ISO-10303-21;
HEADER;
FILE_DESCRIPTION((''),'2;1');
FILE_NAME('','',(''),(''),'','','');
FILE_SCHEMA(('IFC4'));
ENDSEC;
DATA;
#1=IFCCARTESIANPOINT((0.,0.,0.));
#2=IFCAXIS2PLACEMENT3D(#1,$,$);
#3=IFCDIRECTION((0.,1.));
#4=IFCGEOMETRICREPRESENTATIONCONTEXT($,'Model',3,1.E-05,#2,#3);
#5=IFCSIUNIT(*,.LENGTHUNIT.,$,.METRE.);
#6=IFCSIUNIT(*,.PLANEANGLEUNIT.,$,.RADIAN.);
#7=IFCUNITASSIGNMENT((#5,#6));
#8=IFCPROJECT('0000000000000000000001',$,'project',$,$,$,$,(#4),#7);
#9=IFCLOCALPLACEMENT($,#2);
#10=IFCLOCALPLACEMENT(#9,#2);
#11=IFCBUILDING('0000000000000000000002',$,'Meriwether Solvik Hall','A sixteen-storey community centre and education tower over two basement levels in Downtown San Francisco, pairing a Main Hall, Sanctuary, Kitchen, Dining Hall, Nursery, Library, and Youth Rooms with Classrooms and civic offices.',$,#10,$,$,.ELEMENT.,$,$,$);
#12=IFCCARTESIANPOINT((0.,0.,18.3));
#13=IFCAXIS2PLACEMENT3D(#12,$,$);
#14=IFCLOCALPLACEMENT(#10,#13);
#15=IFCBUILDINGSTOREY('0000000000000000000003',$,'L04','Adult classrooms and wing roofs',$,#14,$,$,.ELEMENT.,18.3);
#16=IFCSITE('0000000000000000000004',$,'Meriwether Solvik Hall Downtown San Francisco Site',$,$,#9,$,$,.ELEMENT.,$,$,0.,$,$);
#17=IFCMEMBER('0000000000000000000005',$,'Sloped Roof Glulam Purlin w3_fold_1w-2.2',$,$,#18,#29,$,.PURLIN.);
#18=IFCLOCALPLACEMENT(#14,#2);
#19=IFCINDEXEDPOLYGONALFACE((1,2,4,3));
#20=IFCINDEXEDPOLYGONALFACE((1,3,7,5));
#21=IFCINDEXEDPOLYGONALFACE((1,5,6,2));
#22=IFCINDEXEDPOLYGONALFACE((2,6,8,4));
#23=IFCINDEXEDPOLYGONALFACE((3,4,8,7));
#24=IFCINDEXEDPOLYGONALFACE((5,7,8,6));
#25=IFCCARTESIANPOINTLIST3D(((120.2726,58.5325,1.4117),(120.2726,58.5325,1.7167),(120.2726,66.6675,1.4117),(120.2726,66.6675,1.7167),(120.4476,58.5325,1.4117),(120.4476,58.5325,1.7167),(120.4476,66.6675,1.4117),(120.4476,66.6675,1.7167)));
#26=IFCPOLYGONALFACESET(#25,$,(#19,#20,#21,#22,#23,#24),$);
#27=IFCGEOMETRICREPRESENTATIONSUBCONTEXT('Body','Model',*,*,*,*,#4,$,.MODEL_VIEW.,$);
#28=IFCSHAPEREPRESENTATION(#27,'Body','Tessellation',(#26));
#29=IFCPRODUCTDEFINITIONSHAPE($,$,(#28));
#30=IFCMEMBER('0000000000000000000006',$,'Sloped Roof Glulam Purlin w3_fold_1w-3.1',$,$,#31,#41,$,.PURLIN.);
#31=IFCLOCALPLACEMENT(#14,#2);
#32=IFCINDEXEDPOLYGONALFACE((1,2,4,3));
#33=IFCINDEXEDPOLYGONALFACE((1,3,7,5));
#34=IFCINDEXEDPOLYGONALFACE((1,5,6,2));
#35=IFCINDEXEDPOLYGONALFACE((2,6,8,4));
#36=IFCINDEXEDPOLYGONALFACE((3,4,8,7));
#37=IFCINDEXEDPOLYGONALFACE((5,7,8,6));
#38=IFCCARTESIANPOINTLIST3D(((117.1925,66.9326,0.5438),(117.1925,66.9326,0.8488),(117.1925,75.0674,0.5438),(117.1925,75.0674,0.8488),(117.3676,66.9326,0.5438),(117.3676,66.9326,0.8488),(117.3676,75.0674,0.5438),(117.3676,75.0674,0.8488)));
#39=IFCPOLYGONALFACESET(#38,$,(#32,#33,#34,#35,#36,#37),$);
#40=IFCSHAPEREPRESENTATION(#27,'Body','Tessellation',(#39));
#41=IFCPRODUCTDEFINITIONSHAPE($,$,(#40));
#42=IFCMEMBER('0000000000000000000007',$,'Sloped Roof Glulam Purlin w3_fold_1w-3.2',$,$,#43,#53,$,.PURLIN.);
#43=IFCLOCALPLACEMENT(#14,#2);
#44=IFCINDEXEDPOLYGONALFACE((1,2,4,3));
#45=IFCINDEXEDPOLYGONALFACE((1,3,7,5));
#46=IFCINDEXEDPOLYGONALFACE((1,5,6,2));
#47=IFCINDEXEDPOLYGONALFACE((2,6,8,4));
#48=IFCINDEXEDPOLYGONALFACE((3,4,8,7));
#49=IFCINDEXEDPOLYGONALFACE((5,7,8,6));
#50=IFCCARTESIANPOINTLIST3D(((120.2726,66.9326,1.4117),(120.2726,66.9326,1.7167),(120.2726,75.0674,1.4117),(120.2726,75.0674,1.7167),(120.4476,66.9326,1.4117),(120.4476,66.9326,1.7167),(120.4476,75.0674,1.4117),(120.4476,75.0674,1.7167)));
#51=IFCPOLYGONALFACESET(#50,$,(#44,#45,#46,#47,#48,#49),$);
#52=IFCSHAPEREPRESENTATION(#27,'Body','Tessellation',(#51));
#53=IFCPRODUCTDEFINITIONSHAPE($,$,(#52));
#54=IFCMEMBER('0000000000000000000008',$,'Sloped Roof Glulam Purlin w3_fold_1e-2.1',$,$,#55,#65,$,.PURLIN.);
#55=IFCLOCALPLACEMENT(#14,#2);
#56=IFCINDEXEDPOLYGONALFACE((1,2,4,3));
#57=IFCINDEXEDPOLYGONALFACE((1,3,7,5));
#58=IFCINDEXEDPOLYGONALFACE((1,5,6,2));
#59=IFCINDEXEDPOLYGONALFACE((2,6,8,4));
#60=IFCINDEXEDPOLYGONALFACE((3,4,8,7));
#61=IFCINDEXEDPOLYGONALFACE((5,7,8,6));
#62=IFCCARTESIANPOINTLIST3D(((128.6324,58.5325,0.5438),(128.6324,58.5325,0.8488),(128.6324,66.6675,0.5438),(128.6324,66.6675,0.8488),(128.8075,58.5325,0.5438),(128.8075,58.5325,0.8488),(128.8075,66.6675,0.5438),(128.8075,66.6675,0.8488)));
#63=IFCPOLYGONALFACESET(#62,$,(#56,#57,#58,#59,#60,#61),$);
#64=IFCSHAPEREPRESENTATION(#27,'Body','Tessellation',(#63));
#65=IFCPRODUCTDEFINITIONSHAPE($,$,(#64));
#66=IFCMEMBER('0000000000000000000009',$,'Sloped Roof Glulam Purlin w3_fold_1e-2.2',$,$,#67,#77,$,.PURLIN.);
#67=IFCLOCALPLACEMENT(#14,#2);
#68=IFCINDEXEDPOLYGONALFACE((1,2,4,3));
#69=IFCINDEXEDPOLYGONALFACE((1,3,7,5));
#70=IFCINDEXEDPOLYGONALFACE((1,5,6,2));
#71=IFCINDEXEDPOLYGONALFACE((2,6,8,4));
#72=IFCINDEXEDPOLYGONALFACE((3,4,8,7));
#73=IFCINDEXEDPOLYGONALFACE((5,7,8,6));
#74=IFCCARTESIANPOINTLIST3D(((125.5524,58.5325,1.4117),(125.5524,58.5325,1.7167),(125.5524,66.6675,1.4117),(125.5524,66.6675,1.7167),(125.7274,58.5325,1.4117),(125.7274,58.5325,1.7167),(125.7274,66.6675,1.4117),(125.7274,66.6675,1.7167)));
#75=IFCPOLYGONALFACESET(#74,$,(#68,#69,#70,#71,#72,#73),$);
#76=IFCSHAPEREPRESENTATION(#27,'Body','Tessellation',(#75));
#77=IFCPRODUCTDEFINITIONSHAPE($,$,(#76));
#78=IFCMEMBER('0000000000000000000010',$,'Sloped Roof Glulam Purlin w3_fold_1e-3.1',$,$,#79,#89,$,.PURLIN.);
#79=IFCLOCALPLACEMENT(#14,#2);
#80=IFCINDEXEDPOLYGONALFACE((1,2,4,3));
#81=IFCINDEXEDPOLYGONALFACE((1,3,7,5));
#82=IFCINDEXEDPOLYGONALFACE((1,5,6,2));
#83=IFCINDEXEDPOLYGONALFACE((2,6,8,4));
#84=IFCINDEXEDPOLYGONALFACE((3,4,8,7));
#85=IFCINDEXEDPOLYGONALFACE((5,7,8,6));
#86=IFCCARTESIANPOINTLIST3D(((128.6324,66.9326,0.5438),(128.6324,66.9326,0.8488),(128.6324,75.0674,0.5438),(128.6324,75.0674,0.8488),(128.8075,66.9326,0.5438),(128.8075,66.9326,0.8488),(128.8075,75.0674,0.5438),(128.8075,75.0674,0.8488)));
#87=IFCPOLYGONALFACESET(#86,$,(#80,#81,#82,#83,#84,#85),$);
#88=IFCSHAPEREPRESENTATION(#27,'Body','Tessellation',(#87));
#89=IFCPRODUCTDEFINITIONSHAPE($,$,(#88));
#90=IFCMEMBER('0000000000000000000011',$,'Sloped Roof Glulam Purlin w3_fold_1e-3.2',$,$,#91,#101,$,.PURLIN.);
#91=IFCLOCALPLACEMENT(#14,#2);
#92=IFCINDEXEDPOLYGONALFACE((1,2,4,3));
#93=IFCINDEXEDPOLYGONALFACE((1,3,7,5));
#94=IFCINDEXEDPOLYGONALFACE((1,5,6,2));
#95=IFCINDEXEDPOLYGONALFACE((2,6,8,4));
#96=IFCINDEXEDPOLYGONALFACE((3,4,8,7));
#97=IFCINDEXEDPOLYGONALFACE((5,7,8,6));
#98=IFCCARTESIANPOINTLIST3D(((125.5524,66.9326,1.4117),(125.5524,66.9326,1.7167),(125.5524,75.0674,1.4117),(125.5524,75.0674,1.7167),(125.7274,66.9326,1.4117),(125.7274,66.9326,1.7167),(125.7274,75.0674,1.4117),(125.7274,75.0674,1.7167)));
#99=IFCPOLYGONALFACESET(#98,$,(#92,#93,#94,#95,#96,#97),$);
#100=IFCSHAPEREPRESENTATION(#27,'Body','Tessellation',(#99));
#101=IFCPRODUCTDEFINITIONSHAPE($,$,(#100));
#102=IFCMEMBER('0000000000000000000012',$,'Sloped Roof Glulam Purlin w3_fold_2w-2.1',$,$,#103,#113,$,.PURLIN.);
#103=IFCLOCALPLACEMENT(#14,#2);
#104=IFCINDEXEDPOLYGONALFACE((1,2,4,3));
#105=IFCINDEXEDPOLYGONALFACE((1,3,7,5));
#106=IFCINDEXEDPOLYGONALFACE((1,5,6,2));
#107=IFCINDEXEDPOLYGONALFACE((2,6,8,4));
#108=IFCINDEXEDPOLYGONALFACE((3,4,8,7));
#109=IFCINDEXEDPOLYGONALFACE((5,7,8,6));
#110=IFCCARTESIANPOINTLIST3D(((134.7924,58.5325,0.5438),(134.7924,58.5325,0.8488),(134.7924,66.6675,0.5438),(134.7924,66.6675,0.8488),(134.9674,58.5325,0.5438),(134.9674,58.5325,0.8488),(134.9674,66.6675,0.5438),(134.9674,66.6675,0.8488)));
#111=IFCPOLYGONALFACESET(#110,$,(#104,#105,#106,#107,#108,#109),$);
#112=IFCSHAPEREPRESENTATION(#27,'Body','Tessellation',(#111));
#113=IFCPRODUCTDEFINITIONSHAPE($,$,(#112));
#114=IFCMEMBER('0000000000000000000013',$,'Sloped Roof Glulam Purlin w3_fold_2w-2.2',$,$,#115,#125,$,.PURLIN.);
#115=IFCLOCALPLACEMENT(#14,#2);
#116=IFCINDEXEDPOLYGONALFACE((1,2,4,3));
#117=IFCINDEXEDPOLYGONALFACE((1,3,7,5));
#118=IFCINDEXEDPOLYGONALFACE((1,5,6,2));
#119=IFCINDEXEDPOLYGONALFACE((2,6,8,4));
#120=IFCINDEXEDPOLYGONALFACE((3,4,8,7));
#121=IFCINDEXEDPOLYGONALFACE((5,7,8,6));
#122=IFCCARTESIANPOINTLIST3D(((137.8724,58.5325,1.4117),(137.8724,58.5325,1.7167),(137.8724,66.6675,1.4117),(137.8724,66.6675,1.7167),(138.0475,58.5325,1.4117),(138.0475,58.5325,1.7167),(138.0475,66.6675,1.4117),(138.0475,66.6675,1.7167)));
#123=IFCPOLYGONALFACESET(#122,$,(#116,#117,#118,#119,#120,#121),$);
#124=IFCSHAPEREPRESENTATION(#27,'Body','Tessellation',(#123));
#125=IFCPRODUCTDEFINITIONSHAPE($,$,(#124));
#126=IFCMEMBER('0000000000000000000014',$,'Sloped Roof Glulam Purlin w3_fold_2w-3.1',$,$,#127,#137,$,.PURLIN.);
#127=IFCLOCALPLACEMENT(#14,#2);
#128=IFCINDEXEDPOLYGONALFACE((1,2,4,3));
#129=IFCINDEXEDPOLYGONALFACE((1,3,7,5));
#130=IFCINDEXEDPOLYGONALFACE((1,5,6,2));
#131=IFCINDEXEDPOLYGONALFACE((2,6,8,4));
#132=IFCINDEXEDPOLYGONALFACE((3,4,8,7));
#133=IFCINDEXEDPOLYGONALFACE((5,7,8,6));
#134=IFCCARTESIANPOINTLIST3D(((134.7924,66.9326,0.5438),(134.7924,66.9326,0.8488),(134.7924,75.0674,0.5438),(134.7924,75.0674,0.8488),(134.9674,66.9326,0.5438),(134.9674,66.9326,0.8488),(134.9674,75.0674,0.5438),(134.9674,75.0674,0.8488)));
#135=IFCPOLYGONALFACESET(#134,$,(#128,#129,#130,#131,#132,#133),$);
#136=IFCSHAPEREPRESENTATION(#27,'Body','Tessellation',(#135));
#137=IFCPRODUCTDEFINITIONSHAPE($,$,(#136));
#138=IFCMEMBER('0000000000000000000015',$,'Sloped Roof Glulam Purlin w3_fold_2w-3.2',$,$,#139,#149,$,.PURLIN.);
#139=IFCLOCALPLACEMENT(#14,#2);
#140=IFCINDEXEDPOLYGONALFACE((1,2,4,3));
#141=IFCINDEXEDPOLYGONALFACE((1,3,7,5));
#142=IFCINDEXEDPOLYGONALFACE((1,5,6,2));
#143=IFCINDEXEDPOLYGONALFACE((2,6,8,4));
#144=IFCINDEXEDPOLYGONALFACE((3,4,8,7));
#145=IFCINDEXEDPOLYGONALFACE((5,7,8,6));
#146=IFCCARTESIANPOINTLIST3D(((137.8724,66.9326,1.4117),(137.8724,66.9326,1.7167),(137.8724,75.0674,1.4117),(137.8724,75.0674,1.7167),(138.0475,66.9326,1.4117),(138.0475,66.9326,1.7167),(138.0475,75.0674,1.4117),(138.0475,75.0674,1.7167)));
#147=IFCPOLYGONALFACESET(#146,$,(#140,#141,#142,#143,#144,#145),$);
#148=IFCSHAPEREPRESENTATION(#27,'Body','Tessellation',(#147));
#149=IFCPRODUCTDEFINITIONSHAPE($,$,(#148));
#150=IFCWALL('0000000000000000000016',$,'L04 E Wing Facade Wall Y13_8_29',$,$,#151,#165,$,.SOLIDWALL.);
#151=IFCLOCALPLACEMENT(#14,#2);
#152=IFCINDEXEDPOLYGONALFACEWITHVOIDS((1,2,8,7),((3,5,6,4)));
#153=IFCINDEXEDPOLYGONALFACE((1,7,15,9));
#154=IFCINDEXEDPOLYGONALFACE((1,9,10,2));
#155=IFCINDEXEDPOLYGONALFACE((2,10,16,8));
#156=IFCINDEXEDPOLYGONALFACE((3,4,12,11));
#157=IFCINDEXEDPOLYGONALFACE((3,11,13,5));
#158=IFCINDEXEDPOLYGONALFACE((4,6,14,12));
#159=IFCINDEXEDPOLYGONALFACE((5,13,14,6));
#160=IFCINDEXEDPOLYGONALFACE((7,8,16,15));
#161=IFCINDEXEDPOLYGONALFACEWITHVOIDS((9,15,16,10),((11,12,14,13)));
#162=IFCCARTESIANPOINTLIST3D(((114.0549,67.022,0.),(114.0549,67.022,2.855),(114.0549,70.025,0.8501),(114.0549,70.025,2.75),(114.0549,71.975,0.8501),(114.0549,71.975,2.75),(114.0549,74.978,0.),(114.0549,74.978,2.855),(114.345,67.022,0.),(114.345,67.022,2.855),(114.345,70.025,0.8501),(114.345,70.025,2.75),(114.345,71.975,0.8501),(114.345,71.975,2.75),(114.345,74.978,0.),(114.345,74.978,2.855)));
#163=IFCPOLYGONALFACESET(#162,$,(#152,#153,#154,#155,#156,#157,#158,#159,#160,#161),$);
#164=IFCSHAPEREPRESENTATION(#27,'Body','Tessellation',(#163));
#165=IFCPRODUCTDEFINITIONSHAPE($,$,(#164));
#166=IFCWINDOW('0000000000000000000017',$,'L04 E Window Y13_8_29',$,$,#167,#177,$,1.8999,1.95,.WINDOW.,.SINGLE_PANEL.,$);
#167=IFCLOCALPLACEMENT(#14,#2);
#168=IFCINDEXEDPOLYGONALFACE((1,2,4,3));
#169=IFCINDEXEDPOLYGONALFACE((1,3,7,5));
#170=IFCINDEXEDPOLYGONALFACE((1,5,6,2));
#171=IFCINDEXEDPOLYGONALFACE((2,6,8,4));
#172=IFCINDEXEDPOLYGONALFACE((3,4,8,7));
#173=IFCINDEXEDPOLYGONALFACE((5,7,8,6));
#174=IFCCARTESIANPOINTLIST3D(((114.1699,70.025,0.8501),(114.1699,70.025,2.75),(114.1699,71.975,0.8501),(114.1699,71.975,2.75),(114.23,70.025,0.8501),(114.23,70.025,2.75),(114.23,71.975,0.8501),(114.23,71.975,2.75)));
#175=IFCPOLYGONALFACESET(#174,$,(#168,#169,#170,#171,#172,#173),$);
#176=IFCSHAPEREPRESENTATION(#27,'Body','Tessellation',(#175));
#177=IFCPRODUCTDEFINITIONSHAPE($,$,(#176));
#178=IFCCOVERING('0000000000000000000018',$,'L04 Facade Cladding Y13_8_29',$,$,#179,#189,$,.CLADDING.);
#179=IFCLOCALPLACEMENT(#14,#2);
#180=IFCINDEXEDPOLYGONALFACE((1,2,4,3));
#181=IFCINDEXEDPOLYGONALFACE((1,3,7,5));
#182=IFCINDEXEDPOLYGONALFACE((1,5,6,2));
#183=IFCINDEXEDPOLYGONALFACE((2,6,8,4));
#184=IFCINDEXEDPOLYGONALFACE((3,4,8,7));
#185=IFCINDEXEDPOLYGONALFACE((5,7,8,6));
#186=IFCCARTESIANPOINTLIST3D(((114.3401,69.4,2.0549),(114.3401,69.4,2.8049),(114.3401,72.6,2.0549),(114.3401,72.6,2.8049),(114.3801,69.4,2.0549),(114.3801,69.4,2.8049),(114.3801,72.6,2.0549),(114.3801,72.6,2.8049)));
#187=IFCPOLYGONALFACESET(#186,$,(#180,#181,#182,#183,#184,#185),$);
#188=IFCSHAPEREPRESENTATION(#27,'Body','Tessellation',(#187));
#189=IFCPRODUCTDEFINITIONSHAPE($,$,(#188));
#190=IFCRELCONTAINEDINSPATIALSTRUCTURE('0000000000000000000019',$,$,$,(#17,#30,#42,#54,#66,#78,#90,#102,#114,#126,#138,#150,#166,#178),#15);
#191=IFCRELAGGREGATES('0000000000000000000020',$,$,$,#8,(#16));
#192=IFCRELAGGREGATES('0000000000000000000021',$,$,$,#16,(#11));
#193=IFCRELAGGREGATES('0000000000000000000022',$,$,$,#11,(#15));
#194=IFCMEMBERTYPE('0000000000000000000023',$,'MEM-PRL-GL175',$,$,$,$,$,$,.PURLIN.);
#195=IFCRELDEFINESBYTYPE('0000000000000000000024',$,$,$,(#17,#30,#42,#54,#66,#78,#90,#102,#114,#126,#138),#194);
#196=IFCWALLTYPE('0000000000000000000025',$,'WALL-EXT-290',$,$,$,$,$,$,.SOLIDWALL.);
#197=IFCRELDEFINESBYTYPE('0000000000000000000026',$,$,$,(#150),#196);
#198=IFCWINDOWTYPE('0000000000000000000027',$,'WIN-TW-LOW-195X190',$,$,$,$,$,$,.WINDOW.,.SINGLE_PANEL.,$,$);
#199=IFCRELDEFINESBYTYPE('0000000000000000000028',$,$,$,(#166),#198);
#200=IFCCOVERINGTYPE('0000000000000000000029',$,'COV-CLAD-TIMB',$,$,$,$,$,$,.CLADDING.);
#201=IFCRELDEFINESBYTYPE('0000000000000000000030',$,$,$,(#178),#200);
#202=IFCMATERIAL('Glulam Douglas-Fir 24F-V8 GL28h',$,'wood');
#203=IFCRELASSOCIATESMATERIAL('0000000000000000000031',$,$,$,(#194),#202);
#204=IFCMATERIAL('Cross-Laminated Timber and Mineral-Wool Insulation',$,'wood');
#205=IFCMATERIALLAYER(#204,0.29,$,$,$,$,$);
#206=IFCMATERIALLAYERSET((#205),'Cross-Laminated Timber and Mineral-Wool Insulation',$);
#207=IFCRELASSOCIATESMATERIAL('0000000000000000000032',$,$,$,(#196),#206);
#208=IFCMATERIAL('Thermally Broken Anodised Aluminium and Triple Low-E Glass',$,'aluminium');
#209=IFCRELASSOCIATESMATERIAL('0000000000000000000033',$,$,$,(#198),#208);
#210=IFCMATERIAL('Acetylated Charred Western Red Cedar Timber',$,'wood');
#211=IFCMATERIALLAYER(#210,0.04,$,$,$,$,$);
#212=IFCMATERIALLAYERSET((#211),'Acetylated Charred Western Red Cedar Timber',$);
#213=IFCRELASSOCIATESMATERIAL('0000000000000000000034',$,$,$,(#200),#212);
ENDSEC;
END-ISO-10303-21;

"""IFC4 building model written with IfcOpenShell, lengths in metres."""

from ifc_helpers import new_model, si_unit, direction, frame, frame_2d, origin, origin_2d, place, context, subcontext, project, spatial, rectangle, extrude, material, layer, layer_set, material_profile, profile_set, type_object, element, fill, save


model = new_model("IFC4")

# Units and contexts
model_context = context("Model", 3, precision=1e-05, world=origin(), true_north=direction((0.0, 1.0)))
body_context = subcontext(model_context, "Body", "Model", "MODEL_VIEW")
ifc_project = project(units=[si_unit("LENGTHUNIT", "METRE"), si_unit("PLANEANGLEUNIT", "RADIAN")], contexts=[model_context])

# Site, building, storey
site_placement = place(None, origin())
site = spatial("IfcSite", under=ifc_project, at=site_placement, Name="Meriwether Solvik Hall Downtown San Francisco Site", CompositionType="ELEMENT", RefElevation=0.0)
building_placement = place(site_placement, origin())
building = spatial("IfcBuilding", under=site, at=building_placement, Name="Meriwether Solvik Hall", Description="A sixteen-storey community centre and education tower over two basement levels in Downtown San Francisco, pairing a Main Hall, Sanctuary, Kitchen, Dining Hall, Nursery, Library, and Youth Rooms with Classrooms and civic offices.", CompositionType="ELEMENT")
storey_placement = place(building_placement, frame((0.0, 0.0, 18.3)))
storey = spatial("IfcBuildingStorey", under=building, at=storey_placement, Name="L04", Description="Adult classrooms and wing roofs", CompositionType="ELEMENT", Elevation=18.3)

# Members
ifc_material_1 = material(Name="Glulam Douglas-Fir 24F-V8 GL28h", Category="wood")
ifc_material_profile_1 = material_profile(ifc_material_1, rectangle(XDim=0.175, YDim=0.3049, at=origin_2d()), Name="GLM-175X305")
ifc_profile_set_1 = profile_set([ifc_material_profile_1], Name="Glulam Douglas-Fir 24F-V8 GL28h")
member_type = type_object("IfcMemberType", Name="MEM-PRL-GL175", PredefinedType="PURLIN", material=ifc_profile_set_1)
member_placement = place(storey_placement, frame((120.3601, 58.5325, 1.5642), z_axis=(0.0, 1.0, 0.0), x_axis=(-1.0, 0.0, 0.0)))
element("IfcMember", 1, at=member_placement, inside=storey, type_object=member_type, Name="Sloped Roof Glulam Purlin w3_fold_1w-2.2", PredefinedType="PURLIN", context=body_context, shape_type="SweptSolid", body=[
    extrude(rectangle(XDim=0.175, YDim=0.3049, at=origin_2d()), origin(), (0.0, 0.0, 1.0), 8.135),
])
for number, where, z_axis, x_axis, name in (
    (2, (117.28, 66.9326, 0.6963), (0.0, 1.0, 0.0), (-1.0, 0.0, 0.0), "Sloped Roof Glulam Purlin w3_fold_1w-3.1"),
    (3, (120.3601, 66.9326, 1.5642), (0.0, 1.0, 0.0), (-1.0, 0.0, 0.0), "Sloped Roof Glulam Purlin w3_fold_1w-3.2"),
):
    element("IfcMember", number, at=place(storey_placement, frame(where, z_axis=z_axis, x_axis=x_axis)), inside=storey, type_object=member_type, Name=name, PredefinedType="PURLIN", context=body_context, shape_type="SweptSolid", body=[
        extrude(rectangle(XDim=0.175, YDim=0.3049, at=origin_2d()), origin(), (0.0, 0.0, 1.0), 8.1348),
    ])
for number, where, z_axis, x_axis, name in (
    (4, (128.72, 58.5325, 0.6963), (0.0, 1.0, 0.0), (-1.0, 0.0, 0.0), "Sloped Roof Glulam Purlin w3_fold_1e-2.1"),
    (5, (125.6399, 58.5325, 1.5642), (0.0, 1.0, 0.0), (-1.0, 0.0, 0.0), "Sloped Roof Glulam Purlin w3_fold_1e-2.2"),
):
    element("IfcMember", number, at=place(storey_placement, frame(where, z_axis=z_axis, x_axis=x_axis)), inside=storey, type_object=member_type, Name=name, PredefinedType="PURLIN", context=body_context, shape_type="SweptSolid", body=[
        extrude(rectangle(XDim=0.175, YDim=0.3049, at=origin_2d()), origin(), (0.0, 0.0, 1.0), 8.135),
    ])
for number, where, z_axis, x_axis, name in (
    (6, (128.72, 66.9326, 0.6963), (0.0, 1.0, 0.0), (-1.0, 0.0, 0.0), "Sloped Roof Glulam Purlin w3_fold_1e-3.1"),
    (7, (125.6399, 66.9326, 1.5642), (0.0, 1.0, 0.0), (-1.0, 0.0, 0.0), "Sloped Roof Glulam Purlin w3_fold_1e-3.2"),
):
    element("IfcMember", number, at=place(storey_placement, frame(where, z_axis=z_axis, x_axis=x_axis)), inside=storey, type_object=member_type, Name=name, PredefinedType="PURLIN", context=body_context, shape_type="SweptSolid", body=[
        extrude(rectangle(XDim=0.175, YDim=0.3049, at=origin_2d()), origin(), (0.0, 0.0, 1.0), 8.1348),
    ])
for number, where, z_axis, x_axis, name in (
    (8, (134.8799, 58.5325, 0.6963), (0.0, 1.0, 0.0), (-1.0, 0.0, 0.0), "Sloped Roof Glulam Purlin w3_fold_2w-2.1"),
    (9, (137.96, 58.5325, 1.5642), (0.0, 1.0, 0.0), (-1.0, 0.0, 0.0), "Sloped Roof Glulam Purlin w3_fold_2w-2.2"),
):
    element("IfcMember", number, at=place(storey_placement, frame(where, z_axis=z_axis, x_axis=x_axis)), inside=storey, type_object=member_type, Name=name, PredefinedType="PURLIN", context=body_context, shape_type="SweptSolid", body=[
        extrude(rectangle(XDim=0.175, YDim=0.3049, at=origin_2d()), origin(), (0.0, 0.0, 1.0), 8.135),
    ])
for number, where, z_axis, x_axis, name in (
    (10, (134.8799, 66.9326, 0.6963), (0.0, 1.0, 0.0), (-1.0, 0.0, 0.0), "Sloped Roof Glulam Purlin w3_fold_2w-3.1"),
    (11, (137.96, 66.9326, 1.5642), (0.0, 1.0, 0.0), (-1.0, 0.0, 0.0), "Sloped Roof Glulam Purlin w3_fold_2w-3.2"),
):
    element("IfcMember", number, at=place(storey_placement, frame(where, z_axis=z_axis, x_axis=x_axis)), inside=storey, type_object=member_type, Name=name, PredefinedType="PURLIN", context=body_context, shape_type="SweptSolid", body=[
        extrude(rectangle(XDim=0.175, YDim=0.3049, at=origin_2d()), origin(), (0.0, 0.0, 1.0), 8.1348),
    ])

# Wall, opening, window
ifc_material_2 = material(Name="Cross-Laminated Timber and Mineral-Wool Insulation", Category="wood")
ifc_layer_1 = layer(ifc_material_2, 0.29)
ifc_layer_set_1 = layer_set([ifc_layer_1], Name="Cross-Laminated Timber and Mineral-Wool Insulation")
wall_type = type_object("IfcWallType", Name="WALL-EXT-290", PredefinedType="SOLIDWALL", material=ifc_layer_set_1)
wall_placement = place(storey_placement, frame((114.2, 74.978, 0.0), z_axis=(0.0, 0.0, 1.0), x_axis=(0.0, -1.0, 0.0)))
wall = element("IfcWall", 12, at=wall_placement, inside=storey, type_object=wall_type, Name="L04 E Wing Facade Wall Y13_8_29", PredefinedType="SOLIDWALL", context=body_context, shape_type="SweptSolid", body=[
    extrude(rectangle(XDim=7.9561, YDim=0.29, at=frame_2d((3.978, 0.0))), origin(), (0.0, 0.0, 1.0), 2.855),
])
opening_placement = place(wall_placement, frame((3.0029, 0.0, 0.8501)))
opening = element("IfcOpeningElement", 13, at=opening_placement, cuts=wall, PredefinedType="OPENING", context=body_context, shape_type="SweptSolid", body=[
    extrude(rectangle(XDim=1.95, YDim=1.8999, at=frame_2d((0.9751, 0.95))), frame((0.0, 0.157, 0.0), z_axis=(0.0, -1.0, 0.0), x_axis=(1.0, 0.0, 0.0)), (0.0, 0.0, 1.0), 0.314),
])
ifc_material_3 = material(Name="Thermally Broken Anodised Aluminium and Triple Low-E Glass", Category="aluminium")
window_type = type_object("IfcWindowType", Name="WIN-TW-LOW-195X190", PartitioningType="SINGLE_PANEL", PredefinedType="WINDOW", material=ifc_material_3)
window_placement = place(opening_placement, origin())
window = element("IfcWindow", 14, at=window_placement, inside=storey, type_object=window_type, Name="L04 E Window Y13_8_29", OverallHeight=1.8999, OverallWidth=1.95, PartitioningType="SINGLE_PANEL", PredefinedType="WINDOW", context=body_context, shape_type="SweptSolid", body=[
    extrude(rectangle(XDim=1.95, YDim=1.8999, at=frame_2d((0.9751, 0.95))), frame((0.0, 0.03, 0.0), z_axis=(0.0, -1.0, 0.0), x_axis=(1.0, 0.0, 0.0)), (0.0, 0.0, 1.0), 0.0601),
])
fill(opening, window)

# Covering
ifc_material_4 = material(Name="Acetylated Charred Western Red Cedar Timber", Category="wood")
ifc_layer_2 = layer(ifc_material_4, 0.04)
ifc_layer_set_2 = layer_set([ifc_layer_2], Name="Acetylated Charred Western Red Cedar Timber")
covering_type = type_object("IfcCoveringType", Name="COV-CLAD-TIMB", PredefinedType="CLADDING", material=ifc_layer_set_2)
covering_placement = place(storey_placement, frame((114.3601, 71.0, 2.0549), z_axis=(0.0, 0.0, 1.0), x_axis=(0.0, -1.0, 0.0)))
element("IfcCovering", 15, at=covering_placement, inside=storey, type_object=covering_type, Name="L04 Facade Cladding Y13_8_29", PredefinedType="CLADDING", context=body_context, shape_type="SweptSolid", body=[
    extrude(rectangle(XDim=3.2, YDim=0.04, at=origin_2d()), origin(), (0.0, 0.0, 1.0), 0.75),
])

save(model, "model.ifc")
